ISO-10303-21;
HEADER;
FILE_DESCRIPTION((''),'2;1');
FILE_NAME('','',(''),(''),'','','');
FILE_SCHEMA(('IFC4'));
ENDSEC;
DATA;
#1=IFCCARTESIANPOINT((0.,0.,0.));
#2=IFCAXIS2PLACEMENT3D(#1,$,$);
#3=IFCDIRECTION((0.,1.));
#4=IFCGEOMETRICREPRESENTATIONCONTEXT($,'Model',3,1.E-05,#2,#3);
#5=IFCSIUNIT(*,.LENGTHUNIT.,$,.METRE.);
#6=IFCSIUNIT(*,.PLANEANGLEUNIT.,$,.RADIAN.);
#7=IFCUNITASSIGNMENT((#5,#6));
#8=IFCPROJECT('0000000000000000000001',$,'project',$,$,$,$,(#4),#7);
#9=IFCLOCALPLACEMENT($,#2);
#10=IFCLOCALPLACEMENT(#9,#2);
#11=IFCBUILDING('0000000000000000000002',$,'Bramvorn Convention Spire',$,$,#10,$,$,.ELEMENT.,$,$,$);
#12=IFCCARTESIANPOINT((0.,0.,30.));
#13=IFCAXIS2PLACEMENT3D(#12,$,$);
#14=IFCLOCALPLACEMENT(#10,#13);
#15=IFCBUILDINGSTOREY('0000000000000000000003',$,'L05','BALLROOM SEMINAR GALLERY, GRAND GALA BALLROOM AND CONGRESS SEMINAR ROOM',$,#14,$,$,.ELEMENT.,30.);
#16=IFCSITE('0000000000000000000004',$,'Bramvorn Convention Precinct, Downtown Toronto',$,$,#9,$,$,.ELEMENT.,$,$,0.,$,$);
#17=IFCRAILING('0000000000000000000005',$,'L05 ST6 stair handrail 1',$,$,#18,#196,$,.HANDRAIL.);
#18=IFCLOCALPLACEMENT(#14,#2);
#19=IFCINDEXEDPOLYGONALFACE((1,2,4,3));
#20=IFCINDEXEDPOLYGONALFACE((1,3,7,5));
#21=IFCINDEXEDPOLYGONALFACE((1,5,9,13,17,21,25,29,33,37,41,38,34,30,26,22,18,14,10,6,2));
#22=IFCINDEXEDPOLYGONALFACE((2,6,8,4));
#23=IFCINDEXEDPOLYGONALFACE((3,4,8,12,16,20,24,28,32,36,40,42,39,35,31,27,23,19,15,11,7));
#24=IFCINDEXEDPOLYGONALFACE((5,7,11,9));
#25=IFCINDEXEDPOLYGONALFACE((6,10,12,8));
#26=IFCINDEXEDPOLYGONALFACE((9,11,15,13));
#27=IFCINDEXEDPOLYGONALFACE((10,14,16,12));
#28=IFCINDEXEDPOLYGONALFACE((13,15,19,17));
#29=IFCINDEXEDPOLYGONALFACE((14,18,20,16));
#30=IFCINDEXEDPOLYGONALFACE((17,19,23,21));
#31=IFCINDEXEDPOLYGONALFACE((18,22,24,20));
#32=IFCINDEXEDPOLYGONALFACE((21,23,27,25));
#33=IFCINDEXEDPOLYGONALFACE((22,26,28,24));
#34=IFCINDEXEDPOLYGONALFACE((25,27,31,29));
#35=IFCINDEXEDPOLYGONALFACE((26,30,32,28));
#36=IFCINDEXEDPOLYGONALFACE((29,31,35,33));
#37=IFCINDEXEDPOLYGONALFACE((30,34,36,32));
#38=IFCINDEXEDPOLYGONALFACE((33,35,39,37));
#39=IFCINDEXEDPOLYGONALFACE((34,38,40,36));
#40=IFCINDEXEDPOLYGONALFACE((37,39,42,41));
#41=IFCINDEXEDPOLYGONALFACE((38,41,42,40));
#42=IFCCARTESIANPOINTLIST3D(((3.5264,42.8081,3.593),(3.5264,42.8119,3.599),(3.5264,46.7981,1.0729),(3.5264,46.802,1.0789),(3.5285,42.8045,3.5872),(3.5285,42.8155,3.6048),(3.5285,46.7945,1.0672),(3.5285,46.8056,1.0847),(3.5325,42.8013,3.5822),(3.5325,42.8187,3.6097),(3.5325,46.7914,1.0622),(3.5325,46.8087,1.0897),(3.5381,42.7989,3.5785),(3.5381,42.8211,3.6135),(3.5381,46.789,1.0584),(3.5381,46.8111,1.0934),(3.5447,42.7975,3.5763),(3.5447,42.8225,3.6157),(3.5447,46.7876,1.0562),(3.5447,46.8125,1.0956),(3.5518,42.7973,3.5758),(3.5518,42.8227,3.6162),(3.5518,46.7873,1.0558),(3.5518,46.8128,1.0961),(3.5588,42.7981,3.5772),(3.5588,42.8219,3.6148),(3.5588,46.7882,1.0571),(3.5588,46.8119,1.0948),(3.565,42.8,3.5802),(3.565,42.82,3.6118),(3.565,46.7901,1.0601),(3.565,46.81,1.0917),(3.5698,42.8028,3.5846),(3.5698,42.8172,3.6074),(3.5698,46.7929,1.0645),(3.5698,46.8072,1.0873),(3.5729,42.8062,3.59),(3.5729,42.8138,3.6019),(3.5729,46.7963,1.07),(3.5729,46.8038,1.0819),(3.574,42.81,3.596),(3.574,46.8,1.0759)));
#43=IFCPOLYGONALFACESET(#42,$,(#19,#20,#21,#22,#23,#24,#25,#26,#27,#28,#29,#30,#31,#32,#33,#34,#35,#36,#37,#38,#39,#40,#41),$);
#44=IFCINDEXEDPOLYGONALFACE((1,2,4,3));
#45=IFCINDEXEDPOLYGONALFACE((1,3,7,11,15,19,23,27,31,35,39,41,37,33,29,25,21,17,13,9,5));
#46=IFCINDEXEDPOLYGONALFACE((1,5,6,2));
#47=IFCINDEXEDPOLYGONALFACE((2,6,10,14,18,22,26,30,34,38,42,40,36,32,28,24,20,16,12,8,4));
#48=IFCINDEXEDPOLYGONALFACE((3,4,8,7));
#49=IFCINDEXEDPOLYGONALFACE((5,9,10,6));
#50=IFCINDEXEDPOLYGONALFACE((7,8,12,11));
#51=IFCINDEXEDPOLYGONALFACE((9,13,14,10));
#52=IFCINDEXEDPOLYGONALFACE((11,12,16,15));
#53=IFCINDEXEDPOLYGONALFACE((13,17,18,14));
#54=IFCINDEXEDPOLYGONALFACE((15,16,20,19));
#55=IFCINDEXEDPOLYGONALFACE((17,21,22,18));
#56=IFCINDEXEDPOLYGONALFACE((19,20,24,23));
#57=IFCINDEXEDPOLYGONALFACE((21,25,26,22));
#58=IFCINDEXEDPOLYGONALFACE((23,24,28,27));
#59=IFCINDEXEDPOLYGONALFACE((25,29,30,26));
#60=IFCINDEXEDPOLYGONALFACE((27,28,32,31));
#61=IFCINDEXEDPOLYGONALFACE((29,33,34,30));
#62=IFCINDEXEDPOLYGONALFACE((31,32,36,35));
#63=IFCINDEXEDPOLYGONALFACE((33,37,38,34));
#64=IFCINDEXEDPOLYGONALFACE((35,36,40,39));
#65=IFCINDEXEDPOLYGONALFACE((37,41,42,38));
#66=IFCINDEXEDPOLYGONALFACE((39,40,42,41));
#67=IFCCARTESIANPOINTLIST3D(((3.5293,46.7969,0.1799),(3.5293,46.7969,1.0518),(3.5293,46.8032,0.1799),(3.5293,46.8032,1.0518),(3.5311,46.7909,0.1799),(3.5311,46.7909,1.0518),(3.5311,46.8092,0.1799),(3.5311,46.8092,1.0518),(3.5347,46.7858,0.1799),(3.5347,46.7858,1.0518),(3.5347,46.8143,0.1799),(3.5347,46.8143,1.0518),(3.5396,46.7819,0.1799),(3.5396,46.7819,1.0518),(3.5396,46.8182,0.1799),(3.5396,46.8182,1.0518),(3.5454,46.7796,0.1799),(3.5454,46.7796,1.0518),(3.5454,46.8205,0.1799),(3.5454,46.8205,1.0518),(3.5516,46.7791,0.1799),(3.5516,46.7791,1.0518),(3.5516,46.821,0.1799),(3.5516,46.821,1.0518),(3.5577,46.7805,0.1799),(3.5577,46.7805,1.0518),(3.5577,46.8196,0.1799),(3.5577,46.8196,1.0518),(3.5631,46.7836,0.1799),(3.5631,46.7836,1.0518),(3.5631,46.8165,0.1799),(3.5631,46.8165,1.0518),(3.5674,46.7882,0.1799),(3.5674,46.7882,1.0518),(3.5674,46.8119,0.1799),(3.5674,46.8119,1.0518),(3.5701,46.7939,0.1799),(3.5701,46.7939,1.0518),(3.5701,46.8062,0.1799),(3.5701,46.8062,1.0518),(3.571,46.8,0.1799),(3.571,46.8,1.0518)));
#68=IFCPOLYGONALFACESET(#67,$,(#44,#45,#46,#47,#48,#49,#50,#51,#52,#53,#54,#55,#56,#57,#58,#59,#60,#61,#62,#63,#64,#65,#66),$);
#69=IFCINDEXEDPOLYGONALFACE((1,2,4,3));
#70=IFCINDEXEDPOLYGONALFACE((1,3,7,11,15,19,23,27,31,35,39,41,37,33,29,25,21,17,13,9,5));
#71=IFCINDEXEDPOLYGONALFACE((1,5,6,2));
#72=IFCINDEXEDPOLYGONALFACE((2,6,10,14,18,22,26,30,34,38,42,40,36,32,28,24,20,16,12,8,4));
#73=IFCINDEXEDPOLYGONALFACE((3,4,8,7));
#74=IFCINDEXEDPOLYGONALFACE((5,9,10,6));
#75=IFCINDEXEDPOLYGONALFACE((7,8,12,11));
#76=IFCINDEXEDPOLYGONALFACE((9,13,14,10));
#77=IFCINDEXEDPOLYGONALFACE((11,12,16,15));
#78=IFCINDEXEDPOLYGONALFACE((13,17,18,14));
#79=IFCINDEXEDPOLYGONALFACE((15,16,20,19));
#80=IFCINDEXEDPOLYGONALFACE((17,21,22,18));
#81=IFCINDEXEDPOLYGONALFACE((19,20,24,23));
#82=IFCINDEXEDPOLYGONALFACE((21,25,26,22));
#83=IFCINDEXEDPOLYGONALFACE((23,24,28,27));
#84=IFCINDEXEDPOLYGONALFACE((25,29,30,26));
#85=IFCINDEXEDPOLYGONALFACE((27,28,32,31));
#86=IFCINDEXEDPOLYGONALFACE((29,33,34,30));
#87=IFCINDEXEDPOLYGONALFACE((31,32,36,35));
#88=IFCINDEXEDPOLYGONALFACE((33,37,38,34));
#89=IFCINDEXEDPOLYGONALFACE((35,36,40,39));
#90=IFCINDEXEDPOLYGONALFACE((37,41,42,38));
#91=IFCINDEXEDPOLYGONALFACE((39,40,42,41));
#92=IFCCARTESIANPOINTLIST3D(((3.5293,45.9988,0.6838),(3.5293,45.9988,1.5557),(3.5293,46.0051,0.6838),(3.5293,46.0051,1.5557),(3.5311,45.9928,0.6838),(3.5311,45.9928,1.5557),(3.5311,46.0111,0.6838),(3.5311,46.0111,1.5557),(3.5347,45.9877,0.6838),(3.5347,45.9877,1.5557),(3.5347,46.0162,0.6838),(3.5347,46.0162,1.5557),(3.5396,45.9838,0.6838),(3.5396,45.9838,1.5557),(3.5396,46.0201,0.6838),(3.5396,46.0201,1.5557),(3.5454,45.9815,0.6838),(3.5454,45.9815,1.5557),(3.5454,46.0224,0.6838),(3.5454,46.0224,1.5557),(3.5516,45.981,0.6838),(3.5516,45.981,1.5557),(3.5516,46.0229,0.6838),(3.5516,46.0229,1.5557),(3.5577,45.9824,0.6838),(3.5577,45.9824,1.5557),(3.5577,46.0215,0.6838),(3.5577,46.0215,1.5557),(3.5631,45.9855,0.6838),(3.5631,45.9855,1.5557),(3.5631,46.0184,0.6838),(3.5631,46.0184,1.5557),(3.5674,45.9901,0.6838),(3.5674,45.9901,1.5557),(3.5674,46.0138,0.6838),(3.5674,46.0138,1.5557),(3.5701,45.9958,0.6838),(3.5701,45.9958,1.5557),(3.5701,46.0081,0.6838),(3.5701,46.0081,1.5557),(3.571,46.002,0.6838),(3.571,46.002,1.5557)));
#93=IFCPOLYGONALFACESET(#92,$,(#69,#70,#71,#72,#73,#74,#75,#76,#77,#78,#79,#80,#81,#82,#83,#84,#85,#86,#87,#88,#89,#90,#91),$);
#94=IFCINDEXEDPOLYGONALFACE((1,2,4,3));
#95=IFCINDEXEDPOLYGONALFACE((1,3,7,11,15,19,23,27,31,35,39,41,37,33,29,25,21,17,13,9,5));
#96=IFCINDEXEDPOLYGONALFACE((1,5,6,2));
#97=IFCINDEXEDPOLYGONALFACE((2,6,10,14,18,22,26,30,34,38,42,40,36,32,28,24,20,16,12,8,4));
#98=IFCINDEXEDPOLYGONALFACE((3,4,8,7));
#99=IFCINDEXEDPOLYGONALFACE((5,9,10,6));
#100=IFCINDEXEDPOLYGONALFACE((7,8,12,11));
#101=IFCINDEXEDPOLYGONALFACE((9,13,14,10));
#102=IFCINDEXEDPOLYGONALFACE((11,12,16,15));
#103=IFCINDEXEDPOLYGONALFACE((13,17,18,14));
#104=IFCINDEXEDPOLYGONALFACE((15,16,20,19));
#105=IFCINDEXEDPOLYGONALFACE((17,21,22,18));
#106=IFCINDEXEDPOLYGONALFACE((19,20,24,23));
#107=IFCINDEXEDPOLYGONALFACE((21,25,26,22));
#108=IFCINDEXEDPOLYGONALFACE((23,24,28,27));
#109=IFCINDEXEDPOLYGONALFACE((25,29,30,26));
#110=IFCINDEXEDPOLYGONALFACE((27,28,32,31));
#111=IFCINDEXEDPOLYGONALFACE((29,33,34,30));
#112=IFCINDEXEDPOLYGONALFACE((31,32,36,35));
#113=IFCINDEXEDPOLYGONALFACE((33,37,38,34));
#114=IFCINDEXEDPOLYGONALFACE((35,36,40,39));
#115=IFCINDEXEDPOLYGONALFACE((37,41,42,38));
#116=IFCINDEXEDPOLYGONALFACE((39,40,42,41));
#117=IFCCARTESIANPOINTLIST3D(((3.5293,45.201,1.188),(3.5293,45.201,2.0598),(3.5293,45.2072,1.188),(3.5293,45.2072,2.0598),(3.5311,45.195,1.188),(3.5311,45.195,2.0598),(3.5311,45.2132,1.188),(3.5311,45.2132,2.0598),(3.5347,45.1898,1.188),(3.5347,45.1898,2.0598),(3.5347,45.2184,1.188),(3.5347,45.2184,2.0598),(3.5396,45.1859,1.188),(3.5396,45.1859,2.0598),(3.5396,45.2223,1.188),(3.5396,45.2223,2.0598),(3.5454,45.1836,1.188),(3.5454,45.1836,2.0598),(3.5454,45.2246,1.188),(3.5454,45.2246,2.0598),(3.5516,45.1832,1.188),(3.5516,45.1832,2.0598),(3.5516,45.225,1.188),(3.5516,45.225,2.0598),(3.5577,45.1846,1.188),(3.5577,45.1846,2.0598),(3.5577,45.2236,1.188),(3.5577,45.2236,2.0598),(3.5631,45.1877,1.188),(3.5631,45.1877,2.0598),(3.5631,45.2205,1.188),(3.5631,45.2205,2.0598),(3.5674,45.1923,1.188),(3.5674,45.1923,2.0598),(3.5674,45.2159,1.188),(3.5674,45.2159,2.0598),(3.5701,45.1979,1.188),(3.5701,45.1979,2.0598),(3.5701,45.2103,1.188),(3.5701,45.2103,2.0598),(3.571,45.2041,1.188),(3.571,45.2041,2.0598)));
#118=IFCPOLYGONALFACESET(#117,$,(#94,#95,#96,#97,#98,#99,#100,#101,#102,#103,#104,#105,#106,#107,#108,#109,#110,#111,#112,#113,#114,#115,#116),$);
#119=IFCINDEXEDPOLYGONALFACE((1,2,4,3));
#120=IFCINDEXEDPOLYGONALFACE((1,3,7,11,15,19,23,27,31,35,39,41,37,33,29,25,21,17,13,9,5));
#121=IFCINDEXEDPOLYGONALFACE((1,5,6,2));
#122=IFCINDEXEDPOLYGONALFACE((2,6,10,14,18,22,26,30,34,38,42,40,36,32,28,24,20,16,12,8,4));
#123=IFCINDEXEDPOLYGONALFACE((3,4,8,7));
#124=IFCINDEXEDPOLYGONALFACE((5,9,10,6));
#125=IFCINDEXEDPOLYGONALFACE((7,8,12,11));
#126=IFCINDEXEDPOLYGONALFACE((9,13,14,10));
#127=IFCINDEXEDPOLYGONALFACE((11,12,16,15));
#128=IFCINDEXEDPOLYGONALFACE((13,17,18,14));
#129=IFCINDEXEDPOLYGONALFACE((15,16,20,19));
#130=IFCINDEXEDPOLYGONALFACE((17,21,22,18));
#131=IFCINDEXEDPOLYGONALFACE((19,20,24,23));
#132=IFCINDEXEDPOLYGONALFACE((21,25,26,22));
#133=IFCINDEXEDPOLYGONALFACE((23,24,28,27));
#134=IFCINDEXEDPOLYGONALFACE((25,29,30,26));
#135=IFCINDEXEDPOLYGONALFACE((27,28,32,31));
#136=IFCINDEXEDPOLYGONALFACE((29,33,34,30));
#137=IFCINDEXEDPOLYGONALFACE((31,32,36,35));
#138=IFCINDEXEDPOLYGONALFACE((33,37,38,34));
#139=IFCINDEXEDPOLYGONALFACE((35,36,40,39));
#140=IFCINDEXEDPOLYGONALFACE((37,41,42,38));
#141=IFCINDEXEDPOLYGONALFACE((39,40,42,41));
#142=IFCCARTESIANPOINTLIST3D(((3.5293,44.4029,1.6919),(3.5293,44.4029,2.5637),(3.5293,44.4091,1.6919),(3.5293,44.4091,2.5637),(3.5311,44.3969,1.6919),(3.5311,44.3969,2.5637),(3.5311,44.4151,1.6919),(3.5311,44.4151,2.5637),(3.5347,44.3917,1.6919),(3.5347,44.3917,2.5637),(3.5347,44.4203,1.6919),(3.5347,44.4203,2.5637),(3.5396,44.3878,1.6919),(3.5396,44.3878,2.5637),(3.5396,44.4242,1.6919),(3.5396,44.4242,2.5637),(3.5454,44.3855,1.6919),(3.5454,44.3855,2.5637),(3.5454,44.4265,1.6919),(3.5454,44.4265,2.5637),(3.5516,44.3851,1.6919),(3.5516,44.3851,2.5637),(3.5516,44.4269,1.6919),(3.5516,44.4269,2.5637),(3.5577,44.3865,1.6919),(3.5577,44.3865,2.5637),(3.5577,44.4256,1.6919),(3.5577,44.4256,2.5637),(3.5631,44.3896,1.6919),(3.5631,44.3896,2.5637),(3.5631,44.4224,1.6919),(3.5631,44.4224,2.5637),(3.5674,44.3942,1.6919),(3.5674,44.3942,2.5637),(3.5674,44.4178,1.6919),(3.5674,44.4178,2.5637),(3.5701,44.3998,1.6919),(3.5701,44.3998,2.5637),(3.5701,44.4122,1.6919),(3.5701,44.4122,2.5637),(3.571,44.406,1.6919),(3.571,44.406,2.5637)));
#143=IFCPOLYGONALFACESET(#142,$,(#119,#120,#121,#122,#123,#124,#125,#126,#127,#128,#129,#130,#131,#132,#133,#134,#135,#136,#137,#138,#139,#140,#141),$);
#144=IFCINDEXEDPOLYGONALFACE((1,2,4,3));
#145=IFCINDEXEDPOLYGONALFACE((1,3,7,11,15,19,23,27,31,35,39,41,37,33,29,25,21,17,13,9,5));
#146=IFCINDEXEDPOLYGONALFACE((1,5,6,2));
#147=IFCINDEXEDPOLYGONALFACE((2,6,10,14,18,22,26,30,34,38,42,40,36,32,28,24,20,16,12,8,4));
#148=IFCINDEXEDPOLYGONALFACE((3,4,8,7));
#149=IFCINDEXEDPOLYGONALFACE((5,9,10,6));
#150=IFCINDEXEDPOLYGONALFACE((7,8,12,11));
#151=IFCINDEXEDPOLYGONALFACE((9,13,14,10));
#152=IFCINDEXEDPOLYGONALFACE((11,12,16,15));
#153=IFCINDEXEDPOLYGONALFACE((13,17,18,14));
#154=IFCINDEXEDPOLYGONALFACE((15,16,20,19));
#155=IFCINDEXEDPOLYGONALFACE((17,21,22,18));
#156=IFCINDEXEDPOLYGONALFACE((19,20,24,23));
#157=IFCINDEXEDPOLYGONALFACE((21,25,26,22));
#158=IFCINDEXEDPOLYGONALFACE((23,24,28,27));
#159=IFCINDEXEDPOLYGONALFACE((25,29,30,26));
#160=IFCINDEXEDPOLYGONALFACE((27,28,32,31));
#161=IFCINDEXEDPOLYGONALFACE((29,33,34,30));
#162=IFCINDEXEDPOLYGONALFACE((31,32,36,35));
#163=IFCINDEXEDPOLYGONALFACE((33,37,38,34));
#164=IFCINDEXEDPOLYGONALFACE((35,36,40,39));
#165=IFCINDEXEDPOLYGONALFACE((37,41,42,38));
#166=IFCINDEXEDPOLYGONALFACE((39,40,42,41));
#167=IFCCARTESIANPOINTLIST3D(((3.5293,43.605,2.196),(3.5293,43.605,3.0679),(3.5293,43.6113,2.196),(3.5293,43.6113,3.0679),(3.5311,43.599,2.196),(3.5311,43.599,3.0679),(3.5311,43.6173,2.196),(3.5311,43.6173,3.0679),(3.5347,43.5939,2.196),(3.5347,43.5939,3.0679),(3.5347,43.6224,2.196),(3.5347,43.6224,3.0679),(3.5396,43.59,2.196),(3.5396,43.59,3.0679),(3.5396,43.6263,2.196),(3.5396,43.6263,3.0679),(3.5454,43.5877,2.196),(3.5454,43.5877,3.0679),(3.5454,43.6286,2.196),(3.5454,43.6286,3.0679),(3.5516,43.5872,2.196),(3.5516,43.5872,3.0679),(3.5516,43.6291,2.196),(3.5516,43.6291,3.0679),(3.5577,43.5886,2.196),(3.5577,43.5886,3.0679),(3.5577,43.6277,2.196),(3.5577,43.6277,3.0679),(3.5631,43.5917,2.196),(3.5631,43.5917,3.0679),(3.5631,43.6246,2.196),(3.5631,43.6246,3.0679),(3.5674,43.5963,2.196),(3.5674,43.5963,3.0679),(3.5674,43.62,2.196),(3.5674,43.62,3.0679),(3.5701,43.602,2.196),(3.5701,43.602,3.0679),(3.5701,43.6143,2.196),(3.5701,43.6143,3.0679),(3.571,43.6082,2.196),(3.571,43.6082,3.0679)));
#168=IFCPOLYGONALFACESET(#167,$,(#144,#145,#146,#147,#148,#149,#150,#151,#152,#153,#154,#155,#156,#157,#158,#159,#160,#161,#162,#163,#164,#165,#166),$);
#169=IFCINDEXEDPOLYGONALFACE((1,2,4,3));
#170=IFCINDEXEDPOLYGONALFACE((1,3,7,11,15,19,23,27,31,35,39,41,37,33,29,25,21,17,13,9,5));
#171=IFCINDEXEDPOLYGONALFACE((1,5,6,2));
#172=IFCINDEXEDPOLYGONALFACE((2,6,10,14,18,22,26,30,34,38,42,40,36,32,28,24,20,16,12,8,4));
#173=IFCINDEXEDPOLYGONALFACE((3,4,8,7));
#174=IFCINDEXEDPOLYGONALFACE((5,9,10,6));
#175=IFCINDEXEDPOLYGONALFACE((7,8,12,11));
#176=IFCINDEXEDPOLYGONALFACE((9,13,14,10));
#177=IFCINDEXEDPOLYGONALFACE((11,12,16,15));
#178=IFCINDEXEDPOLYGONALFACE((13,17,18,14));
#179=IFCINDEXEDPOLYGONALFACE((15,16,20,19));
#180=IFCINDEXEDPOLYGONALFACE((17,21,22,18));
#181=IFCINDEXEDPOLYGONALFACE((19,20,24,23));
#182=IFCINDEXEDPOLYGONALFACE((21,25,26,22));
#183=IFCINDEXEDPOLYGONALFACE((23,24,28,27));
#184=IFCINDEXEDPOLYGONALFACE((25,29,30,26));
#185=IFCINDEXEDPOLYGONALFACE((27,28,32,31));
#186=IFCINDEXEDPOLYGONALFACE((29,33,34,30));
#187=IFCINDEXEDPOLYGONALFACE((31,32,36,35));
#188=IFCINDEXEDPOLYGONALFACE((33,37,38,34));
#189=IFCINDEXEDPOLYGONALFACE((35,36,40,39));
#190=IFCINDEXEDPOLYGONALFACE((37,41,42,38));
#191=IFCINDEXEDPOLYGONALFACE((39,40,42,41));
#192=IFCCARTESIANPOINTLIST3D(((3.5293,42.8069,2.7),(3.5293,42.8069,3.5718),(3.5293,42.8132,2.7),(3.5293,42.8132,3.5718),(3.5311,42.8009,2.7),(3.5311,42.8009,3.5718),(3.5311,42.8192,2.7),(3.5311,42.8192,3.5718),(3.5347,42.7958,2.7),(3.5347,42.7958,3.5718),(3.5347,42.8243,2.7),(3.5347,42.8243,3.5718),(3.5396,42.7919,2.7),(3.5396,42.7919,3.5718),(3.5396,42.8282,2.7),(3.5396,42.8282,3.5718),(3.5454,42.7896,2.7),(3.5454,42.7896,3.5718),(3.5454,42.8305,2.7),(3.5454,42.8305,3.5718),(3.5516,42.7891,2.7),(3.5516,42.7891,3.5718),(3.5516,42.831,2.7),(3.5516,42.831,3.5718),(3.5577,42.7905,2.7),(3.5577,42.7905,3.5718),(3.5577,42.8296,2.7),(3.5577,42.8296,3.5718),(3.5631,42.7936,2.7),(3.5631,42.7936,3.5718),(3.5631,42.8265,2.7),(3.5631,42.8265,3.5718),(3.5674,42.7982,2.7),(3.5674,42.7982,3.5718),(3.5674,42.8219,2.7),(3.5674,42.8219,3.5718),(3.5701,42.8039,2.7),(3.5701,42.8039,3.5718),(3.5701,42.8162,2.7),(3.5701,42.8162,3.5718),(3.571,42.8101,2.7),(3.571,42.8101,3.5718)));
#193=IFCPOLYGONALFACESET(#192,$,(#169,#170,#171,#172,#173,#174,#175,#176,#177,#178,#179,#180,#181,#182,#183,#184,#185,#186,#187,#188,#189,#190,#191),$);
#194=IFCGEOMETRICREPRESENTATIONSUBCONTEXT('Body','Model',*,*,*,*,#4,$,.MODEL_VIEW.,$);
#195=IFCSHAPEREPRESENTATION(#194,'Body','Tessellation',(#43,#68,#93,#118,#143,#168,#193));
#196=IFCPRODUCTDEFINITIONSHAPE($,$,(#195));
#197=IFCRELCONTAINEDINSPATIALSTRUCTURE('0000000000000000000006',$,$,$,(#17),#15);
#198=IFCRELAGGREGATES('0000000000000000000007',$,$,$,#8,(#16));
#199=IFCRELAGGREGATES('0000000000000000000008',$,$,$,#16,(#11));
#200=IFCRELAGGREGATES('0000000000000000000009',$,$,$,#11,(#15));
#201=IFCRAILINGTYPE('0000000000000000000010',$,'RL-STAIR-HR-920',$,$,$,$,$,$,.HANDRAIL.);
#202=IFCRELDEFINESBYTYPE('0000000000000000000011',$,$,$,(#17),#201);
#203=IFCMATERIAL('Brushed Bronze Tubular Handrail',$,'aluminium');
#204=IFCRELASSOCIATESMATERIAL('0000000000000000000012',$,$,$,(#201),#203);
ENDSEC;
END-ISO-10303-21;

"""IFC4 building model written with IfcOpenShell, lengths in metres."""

from ifc_helpers import new_model, si_unit, direction, frame, origin, origin_2d, place, context, subcontext, project, spatial, circle, extrude, material, type_object, element, save


model = new_model("IFC4")

# Units and contexts
model_context = context("Model", 3, precision=1e-05, world=origin(), true_north=direction((0.0, 1.0)))
body_context = subcontext(model_context, "Body", "Model", "MODEL_VIEW")
ifc_project = project(units=[si_unit("LENGTHUNIT", "METRE"), si_unit("PLANEANGLEUNIT", "RADIAN")], contexts=[model_context])

# Site, building, storey
site_placement = place(None, origin())
site = spatial("IfcSite", under=ifc_project, at=site_placement, Name="Bramvorn Convention Precinct, Downtown Toronto", CompositionType="ELEMENT", RefElevation=0.0)
building_placement = place(site_placement, origin())
building = spatial("IfcBuilding", under=site, at=building_placement, Name="Bramvorn Convention Spire", CompositionType="ELEMENT")
storey_placement = place(building_placement, frame((0.0, 0.0, 30.0)))
storey = spatial("IfcBuildingStorey", under=building, at=storey_placement, Name="L05", Description="BALLROOM SEMINAR GALLERY, GRAND GALA BALLROOM AND CONGRESS SEMINAR ROOM", CompositionType="ELEMENT", Elevation=30.0)

# Railing
ifc_material_1 = material(Name="Brushed Bronze Tubular Handrail", Category="aluminium")
railing_type_1 = type_object("IfcRailingType", Name="RL-STAIR-HR-920", PredefinedType="HANDRAIL", material=ifc_material_1)
railing_1_placement = place(storey_placement, frame((3.55, 46.8, 0.1799)))
element("IfcRailing", 1, at=railing_1_placement, inside=storey, type_object=railing_type_1, Name="L05 ST6 stair handrail 1", PredefinedType="HANDRAIL", context=body_context, shape_type="SweptSolid", body=[
    extrude(circle(Radius=0.0239, at=origin_2d()), frame((0.0, 0.0, 0.896), z_axis=(0.0, -0.845486, 0.533997), x_axis=(1.0, 0.0, 0.0)), (0.0, 0.0, 1.0), 4.7192),
    extrude(circle(Radius=0.021, at=origin_2d()), origin(), (0.0, 0.0, 1.0), 0.8718),
    extrude(circle(Radius=0.021, at=origin_2d()), frame((0.0, -0.7981, 0.5039)), (0.0, 0.0, 1.0), 0.8718),
    extrude(circle(Radius=0.021, at=origin_2d()), frame((0.0, -1.5959, 1.0081)), (0.0, 0.0, 1.0), 0.8718),
    extrude(circle(Radius=0.021, at=origin_2d()), frame((0.0, -2.394, 1.512)), (0.0, 0.0, 1.0), 0.8718),
    extrude(circle(Radius=0.021, at=origin_2d()), frame((0.0, -3.1919, 2.0161)), (0.0, 0.0, 1.0), 0.8718),
    extrude(circle(Radius=0.021, at=origin_2d()), frame((0.0, -3.99, 2.52)), (0.0, 0.0, 1.0), 0.8718),
])

save(model, "model.ifc")
